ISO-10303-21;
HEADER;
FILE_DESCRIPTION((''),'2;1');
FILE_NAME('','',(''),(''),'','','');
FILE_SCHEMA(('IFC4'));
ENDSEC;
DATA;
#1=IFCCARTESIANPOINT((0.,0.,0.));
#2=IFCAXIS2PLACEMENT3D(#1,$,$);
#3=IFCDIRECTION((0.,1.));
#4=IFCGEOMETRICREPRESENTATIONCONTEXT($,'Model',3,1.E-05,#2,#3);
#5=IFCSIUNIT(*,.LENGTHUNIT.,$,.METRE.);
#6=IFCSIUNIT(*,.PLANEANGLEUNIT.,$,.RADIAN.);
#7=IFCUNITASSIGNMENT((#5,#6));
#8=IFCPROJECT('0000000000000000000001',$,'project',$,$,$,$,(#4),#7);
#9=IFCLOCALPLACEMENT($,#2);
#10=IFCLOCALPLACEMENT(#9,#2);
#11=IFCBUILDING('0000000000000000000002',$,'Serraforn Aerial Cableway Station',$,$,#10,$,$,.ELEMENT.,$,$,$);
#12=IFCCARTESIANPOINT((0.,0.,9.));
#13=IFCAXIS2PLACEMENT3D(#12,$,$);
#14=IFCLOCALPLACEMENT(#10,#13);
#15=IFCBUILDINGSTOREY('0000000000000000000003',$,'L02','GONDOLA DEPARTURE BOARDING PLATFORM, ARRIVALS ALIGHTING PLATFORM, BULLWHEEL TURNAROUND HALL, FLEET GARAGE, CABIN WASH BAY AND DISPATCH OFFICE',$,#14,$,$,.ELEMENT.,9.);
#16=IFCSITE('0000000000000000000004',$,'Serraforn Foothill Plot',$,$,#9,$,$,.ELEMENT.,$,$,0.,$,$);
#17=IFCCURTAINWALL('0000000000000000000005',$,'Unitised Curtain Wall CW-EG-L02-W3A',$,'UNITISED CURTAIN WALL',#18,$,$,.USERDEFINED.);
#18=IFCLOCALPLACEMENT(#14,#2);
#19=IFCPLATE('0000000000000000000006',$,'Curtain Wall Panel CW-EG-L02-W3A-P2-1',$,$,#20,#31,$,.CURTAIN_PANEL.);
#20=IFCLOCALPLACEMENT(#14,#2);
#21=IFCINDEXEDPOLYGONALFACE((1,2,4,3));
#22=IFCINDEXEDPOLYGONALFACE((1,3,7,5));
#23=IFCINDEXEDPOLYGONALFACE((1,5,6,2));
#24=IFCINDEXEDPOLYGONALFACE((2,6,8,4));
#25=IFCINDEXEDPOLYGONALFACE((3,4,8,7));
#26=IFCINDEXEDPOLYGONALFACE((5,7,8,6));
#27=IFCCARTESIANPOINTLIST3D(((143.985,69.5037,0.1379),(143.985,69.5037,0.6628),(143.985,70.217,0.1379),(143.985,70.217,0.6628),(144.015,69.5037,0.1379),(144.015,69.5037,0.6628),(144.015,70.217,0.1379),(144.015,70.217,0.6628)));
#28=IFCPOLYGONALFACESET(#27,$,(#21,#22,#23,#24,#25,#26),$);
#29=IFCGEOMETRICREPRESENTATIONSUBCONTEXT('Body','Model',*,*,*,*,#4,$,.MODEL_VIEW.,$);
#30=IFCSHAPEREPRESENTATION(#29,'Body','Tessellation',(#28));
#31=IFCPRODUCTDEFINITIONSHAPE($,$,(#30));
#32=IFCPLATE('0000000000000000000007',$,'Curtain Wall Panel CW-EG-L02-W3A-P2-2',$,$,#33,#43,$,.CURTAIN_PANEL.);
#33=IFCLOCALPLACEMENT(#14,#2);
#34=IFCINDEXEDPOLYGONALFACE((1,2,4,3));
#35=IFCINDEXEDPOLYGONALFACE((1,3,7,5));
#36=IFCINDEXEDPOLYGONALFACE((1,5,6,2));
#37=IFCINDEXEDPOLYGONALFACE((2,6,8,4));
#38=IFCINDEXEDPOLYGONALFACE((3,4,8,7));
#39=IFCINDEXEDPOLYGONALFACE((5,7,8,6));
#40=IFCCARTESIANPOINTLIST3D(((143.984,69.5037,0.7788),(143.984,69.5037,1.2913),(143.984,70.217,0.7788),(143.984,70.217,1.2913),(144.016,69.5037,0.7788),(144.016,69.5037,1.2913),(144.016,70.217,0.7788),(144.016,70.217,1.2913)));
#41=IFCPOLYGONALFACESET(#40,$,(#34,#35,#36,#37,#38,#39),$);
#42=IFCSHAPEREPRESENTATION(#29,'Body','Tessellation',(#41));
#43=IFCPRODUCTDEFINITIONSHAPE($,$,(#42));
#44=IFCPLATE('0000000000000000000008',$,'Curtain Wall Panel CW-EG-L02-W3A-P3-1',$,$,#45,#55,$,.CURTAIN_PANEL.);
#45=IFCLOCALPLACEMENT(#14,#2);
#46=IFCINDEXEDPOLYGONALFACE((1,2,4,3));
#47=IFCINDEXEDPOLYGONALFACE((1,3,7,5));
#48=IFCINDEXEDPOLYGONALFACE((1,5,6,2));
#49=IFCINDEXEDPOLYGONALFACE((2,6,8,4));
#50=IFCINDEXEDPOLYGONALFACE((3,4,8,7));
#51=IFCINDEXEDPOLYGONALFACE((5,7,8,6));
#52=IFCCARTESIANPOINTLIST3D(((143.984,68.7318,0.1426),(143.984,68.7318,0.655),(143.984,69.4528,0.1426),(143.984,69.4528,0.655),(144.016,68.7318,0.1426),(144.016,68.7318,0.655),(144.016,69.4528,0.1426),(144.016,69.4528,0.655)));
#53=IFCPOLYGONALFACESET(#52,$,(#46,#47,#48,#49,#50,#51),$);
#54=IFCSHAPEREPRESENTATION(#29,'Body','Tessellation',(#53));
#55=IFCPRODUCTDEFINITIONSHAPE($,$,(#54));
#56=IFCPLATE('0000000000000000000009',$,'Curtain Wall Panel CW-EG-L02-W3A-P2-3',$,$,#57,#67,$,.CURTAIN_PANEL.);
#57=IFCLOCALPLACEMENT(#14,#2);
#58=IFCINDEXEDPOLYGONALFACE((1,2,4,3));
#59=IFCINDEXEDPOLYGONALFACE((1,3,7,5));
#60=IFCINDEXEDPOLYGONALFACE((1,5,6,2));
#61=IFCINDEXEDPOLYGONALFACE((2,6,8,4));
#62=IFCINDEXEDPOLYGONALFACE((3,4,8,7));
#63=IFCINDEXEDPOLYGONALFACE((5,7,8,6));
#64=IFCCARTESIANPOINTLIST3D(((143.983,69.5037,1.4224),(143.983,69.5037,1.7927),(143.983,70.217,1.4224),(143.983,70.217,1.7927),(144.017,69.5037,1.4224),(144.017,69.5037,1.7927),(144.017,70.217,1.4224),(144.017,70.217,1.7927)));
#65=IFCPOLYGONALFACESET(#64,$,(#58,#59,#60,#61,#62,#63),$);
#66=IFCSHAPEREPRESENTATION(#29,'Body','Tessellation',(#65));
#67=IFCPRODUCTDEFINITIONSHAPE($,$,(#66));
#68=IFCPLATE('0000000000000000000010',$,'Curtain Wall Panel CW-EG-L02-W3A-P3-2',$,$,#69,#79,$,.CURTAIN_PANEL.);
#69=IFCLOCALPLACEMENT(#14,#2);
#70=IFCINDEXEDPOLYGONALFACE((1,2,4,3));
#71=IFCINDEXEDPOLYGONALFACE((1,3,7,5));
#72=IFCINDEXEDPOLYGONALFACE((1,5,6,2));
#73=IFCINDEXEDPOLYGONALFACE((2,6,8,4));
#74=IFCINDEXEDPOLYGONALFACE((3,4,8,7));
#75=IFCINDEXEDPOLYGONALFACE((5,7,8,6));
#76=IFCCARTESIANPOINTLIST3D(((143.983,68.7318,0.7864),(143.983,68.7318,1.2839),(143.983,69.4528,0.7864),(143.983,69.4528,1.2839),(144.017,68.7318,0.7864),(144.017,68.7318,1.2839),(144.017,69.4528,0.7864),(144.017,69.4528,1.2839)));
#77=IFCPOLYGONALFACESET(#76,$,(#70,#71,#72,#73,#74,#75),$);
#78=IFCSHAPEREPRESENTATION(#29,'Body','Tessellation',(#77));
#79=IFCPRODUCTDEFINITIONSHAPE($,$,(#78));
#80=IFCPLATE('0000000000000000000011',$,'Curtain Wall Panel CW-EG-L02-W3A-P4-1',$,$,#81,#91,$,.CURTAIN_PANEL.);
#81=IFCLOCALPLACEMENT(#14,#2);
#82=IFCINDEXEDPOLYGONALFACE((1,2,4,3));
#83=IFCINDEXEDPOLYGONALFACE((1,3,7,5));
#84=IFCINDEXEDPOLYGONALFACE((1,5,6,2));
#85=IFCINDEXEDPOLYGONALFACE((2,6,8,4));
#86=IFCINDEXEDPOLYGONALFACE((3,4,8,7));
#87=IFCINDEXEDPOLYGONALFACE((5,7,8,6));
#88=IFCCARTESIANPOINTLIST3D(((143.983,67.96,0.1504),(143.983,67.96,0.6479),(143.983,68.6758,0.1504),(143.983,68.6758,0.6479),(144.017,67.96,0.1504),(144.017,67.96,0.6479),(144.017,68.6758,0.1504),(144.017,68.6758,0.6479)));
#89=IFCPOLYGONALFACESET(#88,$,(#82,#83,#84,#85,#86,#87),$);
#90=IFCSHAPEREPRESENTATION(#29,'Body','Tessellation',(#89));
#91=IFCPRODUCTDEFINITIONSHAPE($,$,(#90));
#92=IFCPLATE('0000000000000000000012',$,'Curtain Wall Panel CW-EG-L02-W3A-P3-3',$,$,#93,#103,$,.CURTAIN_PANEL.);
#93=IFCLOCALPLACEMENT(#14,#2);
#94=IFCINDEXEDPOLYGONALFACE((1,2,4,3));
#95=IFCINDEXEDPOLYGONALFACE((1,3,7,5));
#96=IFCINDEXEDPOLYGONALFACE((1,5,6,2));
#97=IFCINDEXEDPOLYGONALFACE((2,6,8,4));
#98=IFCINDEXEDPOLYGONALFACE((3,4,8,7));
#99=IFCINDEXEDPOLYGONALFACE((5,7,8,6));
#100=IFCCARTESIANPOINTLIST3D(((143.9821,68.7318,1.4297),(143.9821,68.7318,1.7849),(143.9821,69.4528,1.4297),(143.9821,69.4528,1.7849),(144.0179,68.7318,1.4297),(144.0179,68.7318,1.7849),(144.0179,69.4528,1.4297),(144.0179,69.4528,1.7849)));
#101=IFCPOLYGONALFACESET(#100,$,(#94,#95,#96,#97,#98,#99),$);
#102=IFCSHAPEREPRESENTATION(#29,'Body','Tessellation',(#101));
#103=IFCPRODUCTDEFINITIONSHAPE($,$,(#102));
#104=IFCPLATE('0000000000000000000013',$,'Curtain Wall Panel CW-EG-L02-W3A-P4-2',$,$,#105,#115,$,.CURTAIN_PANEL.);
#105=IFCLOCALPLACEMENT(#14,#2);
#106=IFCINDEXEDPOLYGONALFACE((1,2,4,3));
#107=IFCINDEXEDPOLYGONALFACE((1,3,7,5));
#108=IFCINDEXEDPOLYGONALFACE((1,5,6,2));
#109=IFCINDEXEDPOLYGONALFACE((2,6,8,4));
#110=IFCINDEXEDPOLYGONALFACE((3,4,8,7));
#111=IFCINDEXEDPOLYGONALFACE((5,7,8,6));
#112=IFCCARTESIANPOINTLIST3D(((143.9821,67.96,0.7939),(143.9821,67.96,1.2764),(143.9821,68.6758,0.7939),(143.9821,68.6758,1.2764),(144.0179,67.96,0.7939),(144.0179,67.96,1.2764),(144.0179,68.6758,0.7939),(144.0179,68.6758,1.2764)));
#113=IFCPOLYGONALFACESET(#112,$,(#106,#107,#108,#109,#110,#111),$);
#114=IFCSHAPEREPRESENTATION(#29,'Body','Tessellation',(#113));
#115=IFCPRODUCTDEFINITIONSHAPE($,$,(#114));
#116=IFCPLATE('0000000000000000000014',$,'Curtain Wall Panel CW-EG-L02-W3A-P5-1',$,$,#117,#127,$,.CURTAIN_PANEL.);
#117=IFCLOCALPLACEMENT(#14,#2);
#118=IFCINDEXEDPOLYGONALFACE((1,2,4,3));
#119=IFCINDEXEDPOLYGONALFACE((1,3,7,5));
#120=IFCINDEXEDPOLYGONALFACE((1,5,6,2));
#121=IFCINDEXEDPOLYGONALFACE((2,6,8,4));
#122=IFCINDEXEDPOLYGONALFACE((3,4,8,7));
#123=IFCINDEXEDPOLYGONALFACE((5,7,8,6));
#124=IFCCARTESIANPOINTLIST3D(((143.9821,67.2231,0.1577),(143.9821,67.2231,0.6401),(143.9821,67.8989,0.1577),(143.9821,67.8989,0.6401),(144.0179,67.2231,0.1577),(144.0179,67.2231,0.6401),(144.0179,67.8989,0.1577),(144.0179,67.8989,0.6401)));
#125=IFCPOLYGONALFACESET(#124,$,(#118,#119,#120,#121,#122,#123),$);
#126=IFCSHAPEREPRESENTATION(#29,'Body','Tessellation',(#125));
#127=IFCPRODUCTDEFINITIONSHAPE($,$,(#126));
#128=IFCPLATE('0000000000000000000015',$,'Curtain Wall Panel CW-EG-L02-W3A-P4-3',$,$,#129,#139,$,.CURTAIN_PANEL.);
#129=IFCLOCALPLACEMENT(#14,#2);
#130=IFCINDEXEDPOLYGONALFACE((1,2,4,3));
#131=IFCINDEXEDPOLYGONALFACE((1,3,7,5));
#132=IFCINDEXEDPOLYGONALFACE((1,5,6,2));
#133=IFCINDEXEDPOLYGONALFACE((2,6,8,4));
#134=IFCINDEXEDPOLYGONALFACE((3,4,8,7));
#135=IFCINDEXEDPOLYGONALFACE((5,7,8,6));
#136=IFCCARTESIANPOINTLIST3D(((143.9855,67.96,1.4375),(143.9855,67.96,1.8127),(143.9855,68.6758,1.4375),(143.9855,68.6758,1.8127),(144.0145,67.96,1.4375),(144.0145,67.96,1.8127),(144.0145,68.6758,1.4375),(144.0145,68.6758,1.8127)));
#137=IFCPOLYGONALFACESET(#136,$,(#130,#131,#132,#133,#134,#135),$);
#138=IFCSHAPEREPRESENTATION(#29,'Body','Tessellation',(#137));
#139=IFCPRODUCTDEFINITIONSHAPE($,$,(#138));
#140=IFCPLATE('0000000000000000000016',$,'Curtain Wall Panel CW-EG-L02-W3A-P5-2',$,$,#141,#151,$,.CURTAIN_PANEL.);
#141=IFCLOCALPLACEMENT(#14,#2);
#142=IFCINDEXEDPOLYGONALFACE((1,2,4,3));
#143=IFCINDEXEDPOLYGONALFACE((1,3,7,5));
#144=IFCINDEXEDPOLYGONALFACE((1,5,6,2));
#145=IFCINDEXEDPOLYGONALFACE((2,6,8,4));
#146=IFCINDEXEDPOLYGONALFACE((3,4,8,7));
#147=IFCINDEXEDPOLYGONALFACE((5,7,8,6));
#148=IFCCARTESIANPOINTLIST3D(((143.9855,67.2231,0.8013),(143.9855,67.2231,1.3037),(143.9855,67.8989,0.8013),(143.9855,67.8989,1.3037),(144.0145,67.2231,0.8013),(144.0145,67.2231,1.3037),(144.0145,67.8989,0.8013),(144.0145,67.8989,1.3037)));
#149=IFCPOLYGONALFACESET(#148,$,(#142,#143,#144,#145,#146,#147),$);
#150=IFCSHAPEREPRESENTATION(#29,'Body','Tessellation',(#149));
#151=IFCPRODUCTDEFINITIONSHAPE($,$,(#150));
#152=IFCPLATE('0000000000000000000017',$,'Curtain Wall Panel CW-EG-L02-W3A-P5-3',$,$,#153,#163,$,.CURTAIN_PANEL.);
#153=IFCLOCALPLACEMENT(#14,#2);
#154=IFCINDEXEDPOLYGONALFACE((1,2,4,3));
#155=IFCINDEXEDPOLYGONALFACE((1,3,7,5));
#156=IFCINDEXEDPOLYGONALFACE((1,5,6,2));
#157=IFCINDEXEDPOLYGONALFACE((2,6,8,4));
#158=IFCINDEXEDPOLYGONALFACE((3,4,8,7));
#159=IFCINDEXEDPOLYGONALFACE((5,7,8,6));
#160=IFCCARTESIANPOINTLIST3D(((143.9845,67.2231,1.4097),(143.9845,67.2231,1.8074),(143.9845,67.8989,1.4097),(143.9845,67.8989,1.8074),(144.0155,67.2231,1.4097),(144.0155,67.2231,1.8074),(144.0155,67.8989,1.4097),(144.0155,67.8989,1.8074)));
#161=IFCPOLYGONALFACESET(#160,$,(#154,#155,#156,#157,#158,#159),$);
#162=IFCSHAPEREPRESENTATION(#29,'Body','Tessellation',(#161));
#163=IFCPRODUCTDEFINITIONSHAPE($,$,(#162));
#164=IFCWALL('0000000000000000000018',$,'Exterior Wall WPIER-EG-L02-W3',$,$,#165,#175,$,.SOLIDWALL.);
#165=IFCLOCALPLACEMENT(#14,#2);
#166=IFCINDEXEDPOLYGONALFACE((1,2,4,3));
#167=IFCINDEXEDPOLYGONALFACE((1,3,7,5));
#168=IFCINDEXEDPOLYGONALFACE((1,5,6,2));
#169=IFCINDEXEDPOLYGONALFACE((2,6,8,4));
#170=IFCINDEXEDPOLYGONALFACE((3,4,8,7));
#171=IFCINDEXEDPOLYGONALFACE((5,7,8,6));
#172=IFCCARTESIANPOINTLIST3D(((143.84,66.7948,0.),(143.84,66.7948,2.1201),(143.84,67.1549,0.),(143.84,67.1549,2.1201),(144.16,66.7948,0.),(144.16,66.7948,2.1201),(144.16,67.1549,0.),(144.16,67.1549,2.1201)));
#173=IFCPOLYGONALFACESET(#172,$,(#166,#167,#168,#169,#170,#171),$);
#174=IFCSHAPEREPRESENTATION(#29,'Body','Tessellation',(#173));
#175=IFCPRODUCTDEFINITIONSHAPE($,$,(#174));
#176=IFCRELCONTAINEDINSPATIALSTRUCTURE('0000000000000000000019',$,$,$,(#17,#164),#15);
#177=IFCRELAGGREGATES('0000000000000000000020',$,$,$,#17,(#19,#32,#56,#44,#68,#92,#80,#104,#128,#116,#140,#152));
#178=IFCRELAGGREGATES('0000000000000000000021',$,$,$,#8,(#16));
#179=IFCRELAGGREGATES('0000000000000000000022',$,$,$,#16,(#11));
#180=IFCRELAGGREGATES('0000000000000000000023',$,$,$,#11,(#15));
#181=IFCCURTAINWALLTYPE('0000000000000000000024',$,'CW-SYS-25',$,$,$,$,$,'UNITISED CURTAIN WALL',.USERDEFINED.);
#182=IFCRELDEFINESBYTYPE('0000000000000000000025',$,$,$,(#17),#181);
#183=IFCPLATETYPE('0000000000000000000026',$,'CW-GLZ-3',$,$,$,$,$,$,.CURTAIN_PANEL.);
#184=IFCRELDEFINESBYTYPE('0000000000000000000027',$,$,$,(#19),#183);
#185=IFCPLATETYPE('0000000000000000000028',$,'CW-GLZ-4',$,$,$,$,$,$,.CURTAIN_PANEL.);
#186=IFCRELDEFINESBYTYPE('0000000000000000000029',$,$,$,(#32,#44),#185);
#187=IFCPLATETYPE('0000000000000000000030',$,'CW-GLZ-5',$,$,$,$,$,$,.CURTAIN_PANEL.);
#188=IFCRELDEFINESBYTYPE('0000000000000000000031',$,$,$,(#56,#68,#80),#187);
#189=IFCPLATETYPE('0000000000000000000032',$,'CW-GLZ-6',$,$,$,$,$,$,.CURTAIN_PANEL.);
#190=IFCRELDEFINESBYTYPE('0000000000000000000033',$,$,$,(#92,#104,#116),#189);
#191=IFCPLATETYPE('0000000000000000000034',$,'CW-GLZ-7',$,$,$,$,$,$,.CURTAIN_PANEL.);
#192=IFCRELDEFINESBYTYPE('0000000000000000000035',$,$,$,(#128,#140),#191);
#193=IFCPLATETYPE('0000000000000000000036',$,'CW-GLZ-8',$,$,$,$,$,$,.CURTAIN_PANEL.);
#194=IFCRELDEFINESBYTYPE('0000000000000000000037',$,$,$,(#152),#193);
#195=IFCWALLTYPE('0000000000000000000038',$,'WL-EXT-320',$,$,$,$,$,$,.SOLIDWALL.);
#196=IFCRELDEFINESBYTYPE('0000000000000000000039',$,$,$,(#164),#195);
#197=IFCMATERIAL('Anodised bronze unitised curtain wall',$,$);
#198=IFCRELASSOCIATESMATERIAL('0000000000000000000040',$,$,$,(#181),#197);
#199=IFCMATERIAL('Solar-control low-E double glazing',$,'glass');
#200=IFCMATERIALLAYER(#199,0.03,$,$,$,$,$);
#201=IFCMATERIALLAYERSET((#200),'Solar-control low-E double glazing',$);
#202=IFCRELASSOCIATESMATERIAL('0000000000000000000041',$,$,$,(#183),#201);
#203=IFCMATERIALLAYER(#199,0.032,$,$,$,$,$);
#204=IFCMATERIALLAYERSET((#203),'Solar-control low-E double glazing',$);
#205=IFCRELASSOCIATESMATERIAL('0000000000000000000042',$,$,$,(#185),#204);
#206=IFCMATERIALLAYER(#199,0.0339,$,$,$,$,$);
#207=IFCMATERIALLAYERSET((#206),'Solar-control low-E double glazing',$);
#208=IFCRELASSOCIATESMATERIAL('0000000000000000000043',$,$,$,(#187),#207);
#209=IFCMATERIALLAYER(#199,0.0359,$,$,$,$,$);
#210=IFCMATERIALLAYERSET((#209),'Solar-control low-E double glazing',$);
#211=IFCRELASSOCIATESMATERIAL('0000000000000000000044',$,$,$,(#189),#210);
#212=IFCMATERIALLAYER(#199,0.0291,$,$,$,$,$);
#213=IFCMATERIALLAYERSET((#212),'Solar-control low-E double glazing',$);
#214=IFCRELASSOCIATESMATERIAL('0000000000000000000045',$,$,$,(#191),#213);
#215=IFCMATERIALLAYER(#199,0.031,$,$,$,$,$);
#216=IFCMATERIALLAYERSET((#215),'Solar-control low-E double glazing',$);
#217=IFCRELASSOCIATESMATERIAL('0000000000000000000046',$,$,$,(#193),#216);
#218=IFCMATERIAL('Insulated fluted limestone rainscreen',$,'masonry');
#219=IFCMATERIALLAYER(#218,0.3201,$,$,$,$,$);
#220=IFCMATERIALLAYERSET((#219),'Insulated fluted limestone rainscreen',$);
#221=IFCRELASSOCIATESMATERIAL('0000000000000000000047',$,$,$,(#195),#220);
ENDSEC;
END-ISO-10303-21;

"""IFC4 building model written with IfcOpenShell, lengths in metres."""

from ifc_helpers import new_model, si_unit, direction, frame, frame_2d, origin, origin_2d, place, context, subcontext, project, spatial, rectangle, extrude, material, layer, layer_set, type_object, element, aggregate, save


model = new_model("IFC4")

# Units and contexts
model_context = context("Model", 3, precision=1e-05, world=origin(), true_north=direction((0.0, 1.0)))
body_context = subcontext(model_context, "Body", "Model", "MODEL_VIEW")
ifc_project = project(units=[si_unit("LENGTHUNIT", "METRE"), si_unit("PLANEANGLEUNIT", "RADIAN")], contexts=[model_context])

# Site, building, storey
site_placement = place(None, origin())
site = spatial("IfcSite", under=ifc_project, at=site_placement, Name="Serraforn Foothill Plot", CompositionType="ELEMENT", RefElevation=0.0)
building_placement = place(site_placement, origin())
building = spatial("IfcBuilding", under=site, at=building_placement, Name="Serraforn Aerial Cableway Station", CompositionType="ELEMENT")
storey_placement = place(building_placement, frame((0.0, 0.0, 9.0)))
storey = spatial("IfcBuildingStorey", under=building, at=storey_placement, Name="L02", Description="GONDOLA DEPARTURE BOARDING PLATFORM, ARRIVALS ALIGHTING PLATFORM, BULLWHEEL TURNAROUND HALL, FLEET GARAGE, CABIN WASH BAY AND DISPATCH OFFICE", CompositionType="ELEMENT", Elevation=9.0)

# Curtain wall
ifc_material_1 = material(Name="Anodised bronze unitised curtain wall")
curtain_wall_type = type_object("IfcCurtainWallType", Name="CW-SYS-25", ElementType="UNITISED CURTAIN WALL", PredefinedType="USERDEFINED", material=ifc_material_1)
curtain_wall_placement = place(storey_placement, origin())
curtain_wall = element("IfcCurtainWall", 1, at=curtain_wall_placement, inside=storey, type_object=curtain_wall_type, Name="Unitised Curtain Wall CW-EG-L02-W3A", ObjectType="UNITISED CURTAIN WALL", PredefinedType="USERDEFINED")

# Plates
ifc_material_2 = material(Name="Solar-control low-E double glazing", Category="glass")
ifc_layer_1 = layer(ifc_material_2, 0.03)
ifc_layer_set_1 = layer_set([ifc_layer_1], Name="Solar-control low-E double glazing")
plate_type_1 = type_object("IfcPlateType", Name="CW-GLZ-3", PredefinedType="CURTAIN_PANEL", material=ifc_layer_set_1)
plate_1_placement = place(storey_placement, frame((144.0, 69.8604, 0.1379), z_axis=(0.0, 0.0, 1.0), x_axis=(1.0, 0.0, 0.0)))
plate_1 = element("IfcPlate", 2, at=plate_1_placement, type_object=plate_type_1, Name="Curtain Wall Panel CW-EG-L02-W3A-P2-1", PredefinedType="CURTAIN_PANEL", context=body_context, shape_type="SweptSolid", body=[
    extrude(rectangle(XDim=0.03, YDim=0.7134, at=origin_2d()), origin(), (0.0, 0.0, 1.0), 0.5249),
])
ifc_layer_2 = layer(ifc_material_2, 0.032)
ifc_layer_set_2 = layer_set([ifc_layer_2], Name="Solar-control low-E double glazing")
plate_type_2 = type_object("IfcPlateType", Name="CW-GLZ-4", PredefinedType="CURTAIN_PANEL", material=ifc_layer_set_2)
plate_2_placement = place(storey_placement, frame((144.0, 69.8604, 0.7788), z_axis=(0.0, 0.0, 1.0), x_axis=(1.0, 0.0, 0.0)))
plate_2 = element("IfcPlate", 3, at=plate_2_placement, type_object=plate_type_2, Name="Curtain Wall Panel CW-EG-L02-W3A-P2-2", PredefinedType="CURTAIN_PANEL", context=body_context, shape_type="SweptSolid", body=[
    extrude(rectangle(XDim=0.032, YDim=0.7134, at=origin_2d()), origin(), (0.0, 0.0, 1.0), 0.5125),
])
plate_3_placement = place(storey_placement, frame((144.0, 69.0923, 0.1426), z_axis=(0.0, 0.0, 1.0), x_axis=(1.0, 0.0, 0.0)))
plate_3 = element("IfcPlate", 4, at=plate_3_placement, type_object=plate_type_2, Name="Curtain Wall Panel CW-EG-L02-W3A-P3-1", PredefinedType="CURTAIN_PANEL", context=body_context, shape_type="SweptSolid", body=[
    extrude(rectangle(XDim=0.032, YDim=0.7209, at=origin_2d()), origin(), (0.0, 0.0, 1.0), 0.5125),
])
ifc_layer_3 = layer(ifc_material_2, 0.0339)
ifc_layer_set_3 = layer_set([ifc_layer_3], Name="Solar-control low-E double glazing")
plate_type_3 = type_object("IfcPlateType", Name="CW-GLZ-5", PredefinedType="CURTAIN_PANEL", material=ifc_layer_set_3)
plate_4_placement = place(storey_placement, frame((144.0, 69.8604, 1.4224), z_axis=(0.0, 0.0, 1.0), x_axis=(1.0, 0.0, 0.0)))
plate_4 = element("IfcPlate", 5, at=plate_4_placement, type_object=plate_type_3, Name="Curtain Wall Panel CW-EG-L02-W3A-P2-3", PredefinedType="CURTAIN_PANEL", context=body_context, shape_type="SweptSolid", body=[
    extrude(rectangle(XDim=0.0339, YDim=0.7134, at=origin_2d()), origin(), (0.0, 0.0, 1.0), 0.3704),
])
plate_5_placement = place(storey_placement, frame((144.0, 69.0923, 0.7864), z_axis=(0.0, 0.0, 1.0), x_axis=(1.0, 0.0, 0.0)))
plate_5 = element("IfcPlate", 6, at=plate_5_placement, type_object=plate_type_3, Name="Curtain Wall Panel CW-EG-L02-W3A-P3-2", PredefinedType="CURTAIN_PANEL", context=body_context, shape_type="SweptSolid", body=[
    extrude(rectangle(XDim=0.0339, YDim=0.7209, at=origin_2d()), origin(), (0.0, 0.0, 1.0), 0.4976),
])
plate_6_placement = place(storey_placement, frame((144.0, 68.3179, 0.1504), z_axis=(0.0, 0.0, 1.0), x_axis=(1.0, 0.0, 0.0)))
plate_6 = element("IfcPlate", 7, at=plate_6_placement, type_object=plate_type_3, Name="Curtain Wall Panel CW-EG-L02-W3A-P4-1", PredefinedType="CURTAIN_PANEL", context=body_context, shape_type="SweptSolid", body=[
    extrude(rectangle(XDim=0.0339, YDim=0.7158, at=origin_2d()), origin(), (0.0, 0.0, 1.0), 0.4976),
])
ifc_layer_4 = layer(ifc_material_2, 0.0359)
ifc_layer_set_4 = layer_set([ifc_layer_4], Name="Solar-control low-E double glazing")
plate_type_4 = type_object("IfcPlateType", Name="CW-GLZ-6", PredefinedType="CURTAIN_PANEL", material=ifc_layer_set_4)
plate_7_placement = place(storey_placement, frame((144.0, 69.0923, 1.4297), z_axis=(0.0, 0.0, 1.0), x_axis=(1.0, 0.0, 0.0)))
plate_7 = element("IfcPlate", 8, at=plate_7_placement, type_object=plate_type_4, Name="Curtain Wall Panel CW-EG-L02-W3A-P3-3", PredefinedType="CURTAIN_PANEL", context=body_context, shape_type="SweptSolid", body=[
    extrude(rectangle(XDim=0.0359, YDim=0.7209, at=origin_2d()), origin(), (0.0, 0.0, 1.0), 0.3552),
])
plate_8_placement = place(storey_placement, frame((144.0, 68.3179, 0.7939), z_axis=(0.0, 0.0, 1.0), x_axis=(1.0, 0.0, 0.0)))
plate_8 = element("IfcPlate", 9, at=plate_8_placement, type_object=plate_type_4, Name="Curtain Wall Panel CW-EG-L02-W3A-P4-2", PredefinedType="CURTAIN_PANEL", context=body_context, shape_type="SweptSolid", body=[
    extrude(rectangle(XDim=0.0359, YDim=0.7158, at=origin_2d()), origin(), (0.0, 0.0, 1.0), 0.4824),
])
plate_9_placement = place(storey_placement, frame((144.0, 67.561, 0.1577), z_axis=(0.0, 0.0, 1.0), x_axis=(1.0, 0.0, 0.0)))
plate_9 = element("IfcPlate", 10, at=plate_9_placement, type_object=plate_type_4, Name="Curtain Wall Panel CW-EG-L02-W3A-P5-1", PredefinedType="CURTAIN_PANEL", context=body_context, shape_type="SweptSolid", body=[
    extrude(rectangle(XDim=0.0359, YDim=0.6758, at=origin_2d()), origin(), (0.0, 0.0, 1.0), 0.4824),
])
ifc_layer_5 = layer(ifc_material_2, 0.0291)
ifc_layer_set_5 = layer_set([ifc_layer_5], Name="Solar-control low-E double glazing")
plate_type_5 = type_object("IfcPlateType", Name="CW-GLZ-7", PredefinedType="CURTAIN_PANEL", material=ifc_layer_set_5)
plate_10_placement = place(storey_placement, frame((144.0, 68.3179, 1.4375), z_axis=(0.0, 0.0, 1.0), x_axis=(1.0, 0.0, 0.0)))
plate_10 = element("IfcPlate", 11, at=plate_10_placement, type_object=plate_type_5, Name="Curtain Wall Panel CW-EG-L02-W3A-P4-3", PredefinedType="CURTAIN_PANEL", context=body_context, shape_type="SweptSolid", body=[
    extrude(rectangle(XDim=0.0291, YDim=0.7158, at=origin_2d()), origin(), (0.0, 0.0, 1.0), 0.3752),
])
plate_11_placement = place(storey_placement, frame((144.0, 67.561, 0.8013), z_axis=(0.0, 0.0, 1.0), x_axis=(1.0, 0.0, 0.0)))
plate_11 = element("IfcPlate", 12, at=plate_11_placement, type_object=plate_type_5, Name="Curtain Wall Panel CW-EG-L02-W3A-P5-2", PredefinedType="CURTAIN_PANEL", context=body_context, shape_type="SweptSolid", body=[
    extrude(rectangle(XDim=0.0291, YDim=0.6758, at=origin_2d()), origin(), (0.0, 0.0, 1.0), 0.5024),
])
ifc_layer_6 = layer(ifc_material_2, 0.031)
ifc_layer_set_6 = layer_set([ifc_layer_6], Name="Solar-control low-E double glazing")
plate_type_6 = type_object("IfcPlateType", Name="CW-GLZ-8", PredefinedType="CURTAIN_PANEL", material=ifc_layer_set_6)
plate_12_placement = place(storey_placement, frame((144.0, 67.561, 1.4097), z_axis=(0.0, 0.0, 1.0), x_axis=(1.0, 0.0, 0.0)))
plate_12 = element("IfcPlate", 13, at=plate_12_placement, type_object=plate_type_6, Name="Curtain Wall Panel CW-EG-L02-W3A-P5-3", PredefinedType="CURTAIN_PANEL", context=body_context, shape_type="SweptSolid", body=[
    extrude(rectangle(XDim=0.031, YDim=0.6758, at=origin_2d()), origin(), (0.0, 0.0, 1.0), 0.3977),
])
aggregate(curtain_wall, [plate_1, plate_2, plate_4, plate_3, plate_5, plate_7, plate_6, plate_8, plate_10, plate_9, plate_11, plate_12])

# Wall
ifc_material_3 = material(Name="Insulated fluted limestone rainscreen", Category="masonry")
ifc_layer_7 = layer(ifc_material_3, 0.3201)
ifc_layer_set_7 = layer_set([ifc_layer_7], Name="Insulated fluted limestone rainscreen")
wall_type = type_object("IfcWallType", Name="WL-EXT-320", PredefinedType="SOLIDWALL", material=ifc_layer_set_7)
wall_placement = place(storey_placement, frame((144.0, 67.155, 0.0), z_axis=(0.0, 0.0, 1.0), x_axis=(0.0, -1.0, 0.0)))
element("IfcWall", 14, at=wall_placement, inside=storey, type_object=wall_type, Name="Exterior Wall WPIER-EG-L02-W3", PredefinedType="SOLIDWALL", context=body_context, shape_type="SweptSolid", body=[
    extrude(rectangle(XDim=0.3601, YDim=0.3201, at=frame_2d((0.1802, 0.0))), origin(), (0.0, 0.0, 1.0), 2.1201),
])

save(model, "model.ifc")
